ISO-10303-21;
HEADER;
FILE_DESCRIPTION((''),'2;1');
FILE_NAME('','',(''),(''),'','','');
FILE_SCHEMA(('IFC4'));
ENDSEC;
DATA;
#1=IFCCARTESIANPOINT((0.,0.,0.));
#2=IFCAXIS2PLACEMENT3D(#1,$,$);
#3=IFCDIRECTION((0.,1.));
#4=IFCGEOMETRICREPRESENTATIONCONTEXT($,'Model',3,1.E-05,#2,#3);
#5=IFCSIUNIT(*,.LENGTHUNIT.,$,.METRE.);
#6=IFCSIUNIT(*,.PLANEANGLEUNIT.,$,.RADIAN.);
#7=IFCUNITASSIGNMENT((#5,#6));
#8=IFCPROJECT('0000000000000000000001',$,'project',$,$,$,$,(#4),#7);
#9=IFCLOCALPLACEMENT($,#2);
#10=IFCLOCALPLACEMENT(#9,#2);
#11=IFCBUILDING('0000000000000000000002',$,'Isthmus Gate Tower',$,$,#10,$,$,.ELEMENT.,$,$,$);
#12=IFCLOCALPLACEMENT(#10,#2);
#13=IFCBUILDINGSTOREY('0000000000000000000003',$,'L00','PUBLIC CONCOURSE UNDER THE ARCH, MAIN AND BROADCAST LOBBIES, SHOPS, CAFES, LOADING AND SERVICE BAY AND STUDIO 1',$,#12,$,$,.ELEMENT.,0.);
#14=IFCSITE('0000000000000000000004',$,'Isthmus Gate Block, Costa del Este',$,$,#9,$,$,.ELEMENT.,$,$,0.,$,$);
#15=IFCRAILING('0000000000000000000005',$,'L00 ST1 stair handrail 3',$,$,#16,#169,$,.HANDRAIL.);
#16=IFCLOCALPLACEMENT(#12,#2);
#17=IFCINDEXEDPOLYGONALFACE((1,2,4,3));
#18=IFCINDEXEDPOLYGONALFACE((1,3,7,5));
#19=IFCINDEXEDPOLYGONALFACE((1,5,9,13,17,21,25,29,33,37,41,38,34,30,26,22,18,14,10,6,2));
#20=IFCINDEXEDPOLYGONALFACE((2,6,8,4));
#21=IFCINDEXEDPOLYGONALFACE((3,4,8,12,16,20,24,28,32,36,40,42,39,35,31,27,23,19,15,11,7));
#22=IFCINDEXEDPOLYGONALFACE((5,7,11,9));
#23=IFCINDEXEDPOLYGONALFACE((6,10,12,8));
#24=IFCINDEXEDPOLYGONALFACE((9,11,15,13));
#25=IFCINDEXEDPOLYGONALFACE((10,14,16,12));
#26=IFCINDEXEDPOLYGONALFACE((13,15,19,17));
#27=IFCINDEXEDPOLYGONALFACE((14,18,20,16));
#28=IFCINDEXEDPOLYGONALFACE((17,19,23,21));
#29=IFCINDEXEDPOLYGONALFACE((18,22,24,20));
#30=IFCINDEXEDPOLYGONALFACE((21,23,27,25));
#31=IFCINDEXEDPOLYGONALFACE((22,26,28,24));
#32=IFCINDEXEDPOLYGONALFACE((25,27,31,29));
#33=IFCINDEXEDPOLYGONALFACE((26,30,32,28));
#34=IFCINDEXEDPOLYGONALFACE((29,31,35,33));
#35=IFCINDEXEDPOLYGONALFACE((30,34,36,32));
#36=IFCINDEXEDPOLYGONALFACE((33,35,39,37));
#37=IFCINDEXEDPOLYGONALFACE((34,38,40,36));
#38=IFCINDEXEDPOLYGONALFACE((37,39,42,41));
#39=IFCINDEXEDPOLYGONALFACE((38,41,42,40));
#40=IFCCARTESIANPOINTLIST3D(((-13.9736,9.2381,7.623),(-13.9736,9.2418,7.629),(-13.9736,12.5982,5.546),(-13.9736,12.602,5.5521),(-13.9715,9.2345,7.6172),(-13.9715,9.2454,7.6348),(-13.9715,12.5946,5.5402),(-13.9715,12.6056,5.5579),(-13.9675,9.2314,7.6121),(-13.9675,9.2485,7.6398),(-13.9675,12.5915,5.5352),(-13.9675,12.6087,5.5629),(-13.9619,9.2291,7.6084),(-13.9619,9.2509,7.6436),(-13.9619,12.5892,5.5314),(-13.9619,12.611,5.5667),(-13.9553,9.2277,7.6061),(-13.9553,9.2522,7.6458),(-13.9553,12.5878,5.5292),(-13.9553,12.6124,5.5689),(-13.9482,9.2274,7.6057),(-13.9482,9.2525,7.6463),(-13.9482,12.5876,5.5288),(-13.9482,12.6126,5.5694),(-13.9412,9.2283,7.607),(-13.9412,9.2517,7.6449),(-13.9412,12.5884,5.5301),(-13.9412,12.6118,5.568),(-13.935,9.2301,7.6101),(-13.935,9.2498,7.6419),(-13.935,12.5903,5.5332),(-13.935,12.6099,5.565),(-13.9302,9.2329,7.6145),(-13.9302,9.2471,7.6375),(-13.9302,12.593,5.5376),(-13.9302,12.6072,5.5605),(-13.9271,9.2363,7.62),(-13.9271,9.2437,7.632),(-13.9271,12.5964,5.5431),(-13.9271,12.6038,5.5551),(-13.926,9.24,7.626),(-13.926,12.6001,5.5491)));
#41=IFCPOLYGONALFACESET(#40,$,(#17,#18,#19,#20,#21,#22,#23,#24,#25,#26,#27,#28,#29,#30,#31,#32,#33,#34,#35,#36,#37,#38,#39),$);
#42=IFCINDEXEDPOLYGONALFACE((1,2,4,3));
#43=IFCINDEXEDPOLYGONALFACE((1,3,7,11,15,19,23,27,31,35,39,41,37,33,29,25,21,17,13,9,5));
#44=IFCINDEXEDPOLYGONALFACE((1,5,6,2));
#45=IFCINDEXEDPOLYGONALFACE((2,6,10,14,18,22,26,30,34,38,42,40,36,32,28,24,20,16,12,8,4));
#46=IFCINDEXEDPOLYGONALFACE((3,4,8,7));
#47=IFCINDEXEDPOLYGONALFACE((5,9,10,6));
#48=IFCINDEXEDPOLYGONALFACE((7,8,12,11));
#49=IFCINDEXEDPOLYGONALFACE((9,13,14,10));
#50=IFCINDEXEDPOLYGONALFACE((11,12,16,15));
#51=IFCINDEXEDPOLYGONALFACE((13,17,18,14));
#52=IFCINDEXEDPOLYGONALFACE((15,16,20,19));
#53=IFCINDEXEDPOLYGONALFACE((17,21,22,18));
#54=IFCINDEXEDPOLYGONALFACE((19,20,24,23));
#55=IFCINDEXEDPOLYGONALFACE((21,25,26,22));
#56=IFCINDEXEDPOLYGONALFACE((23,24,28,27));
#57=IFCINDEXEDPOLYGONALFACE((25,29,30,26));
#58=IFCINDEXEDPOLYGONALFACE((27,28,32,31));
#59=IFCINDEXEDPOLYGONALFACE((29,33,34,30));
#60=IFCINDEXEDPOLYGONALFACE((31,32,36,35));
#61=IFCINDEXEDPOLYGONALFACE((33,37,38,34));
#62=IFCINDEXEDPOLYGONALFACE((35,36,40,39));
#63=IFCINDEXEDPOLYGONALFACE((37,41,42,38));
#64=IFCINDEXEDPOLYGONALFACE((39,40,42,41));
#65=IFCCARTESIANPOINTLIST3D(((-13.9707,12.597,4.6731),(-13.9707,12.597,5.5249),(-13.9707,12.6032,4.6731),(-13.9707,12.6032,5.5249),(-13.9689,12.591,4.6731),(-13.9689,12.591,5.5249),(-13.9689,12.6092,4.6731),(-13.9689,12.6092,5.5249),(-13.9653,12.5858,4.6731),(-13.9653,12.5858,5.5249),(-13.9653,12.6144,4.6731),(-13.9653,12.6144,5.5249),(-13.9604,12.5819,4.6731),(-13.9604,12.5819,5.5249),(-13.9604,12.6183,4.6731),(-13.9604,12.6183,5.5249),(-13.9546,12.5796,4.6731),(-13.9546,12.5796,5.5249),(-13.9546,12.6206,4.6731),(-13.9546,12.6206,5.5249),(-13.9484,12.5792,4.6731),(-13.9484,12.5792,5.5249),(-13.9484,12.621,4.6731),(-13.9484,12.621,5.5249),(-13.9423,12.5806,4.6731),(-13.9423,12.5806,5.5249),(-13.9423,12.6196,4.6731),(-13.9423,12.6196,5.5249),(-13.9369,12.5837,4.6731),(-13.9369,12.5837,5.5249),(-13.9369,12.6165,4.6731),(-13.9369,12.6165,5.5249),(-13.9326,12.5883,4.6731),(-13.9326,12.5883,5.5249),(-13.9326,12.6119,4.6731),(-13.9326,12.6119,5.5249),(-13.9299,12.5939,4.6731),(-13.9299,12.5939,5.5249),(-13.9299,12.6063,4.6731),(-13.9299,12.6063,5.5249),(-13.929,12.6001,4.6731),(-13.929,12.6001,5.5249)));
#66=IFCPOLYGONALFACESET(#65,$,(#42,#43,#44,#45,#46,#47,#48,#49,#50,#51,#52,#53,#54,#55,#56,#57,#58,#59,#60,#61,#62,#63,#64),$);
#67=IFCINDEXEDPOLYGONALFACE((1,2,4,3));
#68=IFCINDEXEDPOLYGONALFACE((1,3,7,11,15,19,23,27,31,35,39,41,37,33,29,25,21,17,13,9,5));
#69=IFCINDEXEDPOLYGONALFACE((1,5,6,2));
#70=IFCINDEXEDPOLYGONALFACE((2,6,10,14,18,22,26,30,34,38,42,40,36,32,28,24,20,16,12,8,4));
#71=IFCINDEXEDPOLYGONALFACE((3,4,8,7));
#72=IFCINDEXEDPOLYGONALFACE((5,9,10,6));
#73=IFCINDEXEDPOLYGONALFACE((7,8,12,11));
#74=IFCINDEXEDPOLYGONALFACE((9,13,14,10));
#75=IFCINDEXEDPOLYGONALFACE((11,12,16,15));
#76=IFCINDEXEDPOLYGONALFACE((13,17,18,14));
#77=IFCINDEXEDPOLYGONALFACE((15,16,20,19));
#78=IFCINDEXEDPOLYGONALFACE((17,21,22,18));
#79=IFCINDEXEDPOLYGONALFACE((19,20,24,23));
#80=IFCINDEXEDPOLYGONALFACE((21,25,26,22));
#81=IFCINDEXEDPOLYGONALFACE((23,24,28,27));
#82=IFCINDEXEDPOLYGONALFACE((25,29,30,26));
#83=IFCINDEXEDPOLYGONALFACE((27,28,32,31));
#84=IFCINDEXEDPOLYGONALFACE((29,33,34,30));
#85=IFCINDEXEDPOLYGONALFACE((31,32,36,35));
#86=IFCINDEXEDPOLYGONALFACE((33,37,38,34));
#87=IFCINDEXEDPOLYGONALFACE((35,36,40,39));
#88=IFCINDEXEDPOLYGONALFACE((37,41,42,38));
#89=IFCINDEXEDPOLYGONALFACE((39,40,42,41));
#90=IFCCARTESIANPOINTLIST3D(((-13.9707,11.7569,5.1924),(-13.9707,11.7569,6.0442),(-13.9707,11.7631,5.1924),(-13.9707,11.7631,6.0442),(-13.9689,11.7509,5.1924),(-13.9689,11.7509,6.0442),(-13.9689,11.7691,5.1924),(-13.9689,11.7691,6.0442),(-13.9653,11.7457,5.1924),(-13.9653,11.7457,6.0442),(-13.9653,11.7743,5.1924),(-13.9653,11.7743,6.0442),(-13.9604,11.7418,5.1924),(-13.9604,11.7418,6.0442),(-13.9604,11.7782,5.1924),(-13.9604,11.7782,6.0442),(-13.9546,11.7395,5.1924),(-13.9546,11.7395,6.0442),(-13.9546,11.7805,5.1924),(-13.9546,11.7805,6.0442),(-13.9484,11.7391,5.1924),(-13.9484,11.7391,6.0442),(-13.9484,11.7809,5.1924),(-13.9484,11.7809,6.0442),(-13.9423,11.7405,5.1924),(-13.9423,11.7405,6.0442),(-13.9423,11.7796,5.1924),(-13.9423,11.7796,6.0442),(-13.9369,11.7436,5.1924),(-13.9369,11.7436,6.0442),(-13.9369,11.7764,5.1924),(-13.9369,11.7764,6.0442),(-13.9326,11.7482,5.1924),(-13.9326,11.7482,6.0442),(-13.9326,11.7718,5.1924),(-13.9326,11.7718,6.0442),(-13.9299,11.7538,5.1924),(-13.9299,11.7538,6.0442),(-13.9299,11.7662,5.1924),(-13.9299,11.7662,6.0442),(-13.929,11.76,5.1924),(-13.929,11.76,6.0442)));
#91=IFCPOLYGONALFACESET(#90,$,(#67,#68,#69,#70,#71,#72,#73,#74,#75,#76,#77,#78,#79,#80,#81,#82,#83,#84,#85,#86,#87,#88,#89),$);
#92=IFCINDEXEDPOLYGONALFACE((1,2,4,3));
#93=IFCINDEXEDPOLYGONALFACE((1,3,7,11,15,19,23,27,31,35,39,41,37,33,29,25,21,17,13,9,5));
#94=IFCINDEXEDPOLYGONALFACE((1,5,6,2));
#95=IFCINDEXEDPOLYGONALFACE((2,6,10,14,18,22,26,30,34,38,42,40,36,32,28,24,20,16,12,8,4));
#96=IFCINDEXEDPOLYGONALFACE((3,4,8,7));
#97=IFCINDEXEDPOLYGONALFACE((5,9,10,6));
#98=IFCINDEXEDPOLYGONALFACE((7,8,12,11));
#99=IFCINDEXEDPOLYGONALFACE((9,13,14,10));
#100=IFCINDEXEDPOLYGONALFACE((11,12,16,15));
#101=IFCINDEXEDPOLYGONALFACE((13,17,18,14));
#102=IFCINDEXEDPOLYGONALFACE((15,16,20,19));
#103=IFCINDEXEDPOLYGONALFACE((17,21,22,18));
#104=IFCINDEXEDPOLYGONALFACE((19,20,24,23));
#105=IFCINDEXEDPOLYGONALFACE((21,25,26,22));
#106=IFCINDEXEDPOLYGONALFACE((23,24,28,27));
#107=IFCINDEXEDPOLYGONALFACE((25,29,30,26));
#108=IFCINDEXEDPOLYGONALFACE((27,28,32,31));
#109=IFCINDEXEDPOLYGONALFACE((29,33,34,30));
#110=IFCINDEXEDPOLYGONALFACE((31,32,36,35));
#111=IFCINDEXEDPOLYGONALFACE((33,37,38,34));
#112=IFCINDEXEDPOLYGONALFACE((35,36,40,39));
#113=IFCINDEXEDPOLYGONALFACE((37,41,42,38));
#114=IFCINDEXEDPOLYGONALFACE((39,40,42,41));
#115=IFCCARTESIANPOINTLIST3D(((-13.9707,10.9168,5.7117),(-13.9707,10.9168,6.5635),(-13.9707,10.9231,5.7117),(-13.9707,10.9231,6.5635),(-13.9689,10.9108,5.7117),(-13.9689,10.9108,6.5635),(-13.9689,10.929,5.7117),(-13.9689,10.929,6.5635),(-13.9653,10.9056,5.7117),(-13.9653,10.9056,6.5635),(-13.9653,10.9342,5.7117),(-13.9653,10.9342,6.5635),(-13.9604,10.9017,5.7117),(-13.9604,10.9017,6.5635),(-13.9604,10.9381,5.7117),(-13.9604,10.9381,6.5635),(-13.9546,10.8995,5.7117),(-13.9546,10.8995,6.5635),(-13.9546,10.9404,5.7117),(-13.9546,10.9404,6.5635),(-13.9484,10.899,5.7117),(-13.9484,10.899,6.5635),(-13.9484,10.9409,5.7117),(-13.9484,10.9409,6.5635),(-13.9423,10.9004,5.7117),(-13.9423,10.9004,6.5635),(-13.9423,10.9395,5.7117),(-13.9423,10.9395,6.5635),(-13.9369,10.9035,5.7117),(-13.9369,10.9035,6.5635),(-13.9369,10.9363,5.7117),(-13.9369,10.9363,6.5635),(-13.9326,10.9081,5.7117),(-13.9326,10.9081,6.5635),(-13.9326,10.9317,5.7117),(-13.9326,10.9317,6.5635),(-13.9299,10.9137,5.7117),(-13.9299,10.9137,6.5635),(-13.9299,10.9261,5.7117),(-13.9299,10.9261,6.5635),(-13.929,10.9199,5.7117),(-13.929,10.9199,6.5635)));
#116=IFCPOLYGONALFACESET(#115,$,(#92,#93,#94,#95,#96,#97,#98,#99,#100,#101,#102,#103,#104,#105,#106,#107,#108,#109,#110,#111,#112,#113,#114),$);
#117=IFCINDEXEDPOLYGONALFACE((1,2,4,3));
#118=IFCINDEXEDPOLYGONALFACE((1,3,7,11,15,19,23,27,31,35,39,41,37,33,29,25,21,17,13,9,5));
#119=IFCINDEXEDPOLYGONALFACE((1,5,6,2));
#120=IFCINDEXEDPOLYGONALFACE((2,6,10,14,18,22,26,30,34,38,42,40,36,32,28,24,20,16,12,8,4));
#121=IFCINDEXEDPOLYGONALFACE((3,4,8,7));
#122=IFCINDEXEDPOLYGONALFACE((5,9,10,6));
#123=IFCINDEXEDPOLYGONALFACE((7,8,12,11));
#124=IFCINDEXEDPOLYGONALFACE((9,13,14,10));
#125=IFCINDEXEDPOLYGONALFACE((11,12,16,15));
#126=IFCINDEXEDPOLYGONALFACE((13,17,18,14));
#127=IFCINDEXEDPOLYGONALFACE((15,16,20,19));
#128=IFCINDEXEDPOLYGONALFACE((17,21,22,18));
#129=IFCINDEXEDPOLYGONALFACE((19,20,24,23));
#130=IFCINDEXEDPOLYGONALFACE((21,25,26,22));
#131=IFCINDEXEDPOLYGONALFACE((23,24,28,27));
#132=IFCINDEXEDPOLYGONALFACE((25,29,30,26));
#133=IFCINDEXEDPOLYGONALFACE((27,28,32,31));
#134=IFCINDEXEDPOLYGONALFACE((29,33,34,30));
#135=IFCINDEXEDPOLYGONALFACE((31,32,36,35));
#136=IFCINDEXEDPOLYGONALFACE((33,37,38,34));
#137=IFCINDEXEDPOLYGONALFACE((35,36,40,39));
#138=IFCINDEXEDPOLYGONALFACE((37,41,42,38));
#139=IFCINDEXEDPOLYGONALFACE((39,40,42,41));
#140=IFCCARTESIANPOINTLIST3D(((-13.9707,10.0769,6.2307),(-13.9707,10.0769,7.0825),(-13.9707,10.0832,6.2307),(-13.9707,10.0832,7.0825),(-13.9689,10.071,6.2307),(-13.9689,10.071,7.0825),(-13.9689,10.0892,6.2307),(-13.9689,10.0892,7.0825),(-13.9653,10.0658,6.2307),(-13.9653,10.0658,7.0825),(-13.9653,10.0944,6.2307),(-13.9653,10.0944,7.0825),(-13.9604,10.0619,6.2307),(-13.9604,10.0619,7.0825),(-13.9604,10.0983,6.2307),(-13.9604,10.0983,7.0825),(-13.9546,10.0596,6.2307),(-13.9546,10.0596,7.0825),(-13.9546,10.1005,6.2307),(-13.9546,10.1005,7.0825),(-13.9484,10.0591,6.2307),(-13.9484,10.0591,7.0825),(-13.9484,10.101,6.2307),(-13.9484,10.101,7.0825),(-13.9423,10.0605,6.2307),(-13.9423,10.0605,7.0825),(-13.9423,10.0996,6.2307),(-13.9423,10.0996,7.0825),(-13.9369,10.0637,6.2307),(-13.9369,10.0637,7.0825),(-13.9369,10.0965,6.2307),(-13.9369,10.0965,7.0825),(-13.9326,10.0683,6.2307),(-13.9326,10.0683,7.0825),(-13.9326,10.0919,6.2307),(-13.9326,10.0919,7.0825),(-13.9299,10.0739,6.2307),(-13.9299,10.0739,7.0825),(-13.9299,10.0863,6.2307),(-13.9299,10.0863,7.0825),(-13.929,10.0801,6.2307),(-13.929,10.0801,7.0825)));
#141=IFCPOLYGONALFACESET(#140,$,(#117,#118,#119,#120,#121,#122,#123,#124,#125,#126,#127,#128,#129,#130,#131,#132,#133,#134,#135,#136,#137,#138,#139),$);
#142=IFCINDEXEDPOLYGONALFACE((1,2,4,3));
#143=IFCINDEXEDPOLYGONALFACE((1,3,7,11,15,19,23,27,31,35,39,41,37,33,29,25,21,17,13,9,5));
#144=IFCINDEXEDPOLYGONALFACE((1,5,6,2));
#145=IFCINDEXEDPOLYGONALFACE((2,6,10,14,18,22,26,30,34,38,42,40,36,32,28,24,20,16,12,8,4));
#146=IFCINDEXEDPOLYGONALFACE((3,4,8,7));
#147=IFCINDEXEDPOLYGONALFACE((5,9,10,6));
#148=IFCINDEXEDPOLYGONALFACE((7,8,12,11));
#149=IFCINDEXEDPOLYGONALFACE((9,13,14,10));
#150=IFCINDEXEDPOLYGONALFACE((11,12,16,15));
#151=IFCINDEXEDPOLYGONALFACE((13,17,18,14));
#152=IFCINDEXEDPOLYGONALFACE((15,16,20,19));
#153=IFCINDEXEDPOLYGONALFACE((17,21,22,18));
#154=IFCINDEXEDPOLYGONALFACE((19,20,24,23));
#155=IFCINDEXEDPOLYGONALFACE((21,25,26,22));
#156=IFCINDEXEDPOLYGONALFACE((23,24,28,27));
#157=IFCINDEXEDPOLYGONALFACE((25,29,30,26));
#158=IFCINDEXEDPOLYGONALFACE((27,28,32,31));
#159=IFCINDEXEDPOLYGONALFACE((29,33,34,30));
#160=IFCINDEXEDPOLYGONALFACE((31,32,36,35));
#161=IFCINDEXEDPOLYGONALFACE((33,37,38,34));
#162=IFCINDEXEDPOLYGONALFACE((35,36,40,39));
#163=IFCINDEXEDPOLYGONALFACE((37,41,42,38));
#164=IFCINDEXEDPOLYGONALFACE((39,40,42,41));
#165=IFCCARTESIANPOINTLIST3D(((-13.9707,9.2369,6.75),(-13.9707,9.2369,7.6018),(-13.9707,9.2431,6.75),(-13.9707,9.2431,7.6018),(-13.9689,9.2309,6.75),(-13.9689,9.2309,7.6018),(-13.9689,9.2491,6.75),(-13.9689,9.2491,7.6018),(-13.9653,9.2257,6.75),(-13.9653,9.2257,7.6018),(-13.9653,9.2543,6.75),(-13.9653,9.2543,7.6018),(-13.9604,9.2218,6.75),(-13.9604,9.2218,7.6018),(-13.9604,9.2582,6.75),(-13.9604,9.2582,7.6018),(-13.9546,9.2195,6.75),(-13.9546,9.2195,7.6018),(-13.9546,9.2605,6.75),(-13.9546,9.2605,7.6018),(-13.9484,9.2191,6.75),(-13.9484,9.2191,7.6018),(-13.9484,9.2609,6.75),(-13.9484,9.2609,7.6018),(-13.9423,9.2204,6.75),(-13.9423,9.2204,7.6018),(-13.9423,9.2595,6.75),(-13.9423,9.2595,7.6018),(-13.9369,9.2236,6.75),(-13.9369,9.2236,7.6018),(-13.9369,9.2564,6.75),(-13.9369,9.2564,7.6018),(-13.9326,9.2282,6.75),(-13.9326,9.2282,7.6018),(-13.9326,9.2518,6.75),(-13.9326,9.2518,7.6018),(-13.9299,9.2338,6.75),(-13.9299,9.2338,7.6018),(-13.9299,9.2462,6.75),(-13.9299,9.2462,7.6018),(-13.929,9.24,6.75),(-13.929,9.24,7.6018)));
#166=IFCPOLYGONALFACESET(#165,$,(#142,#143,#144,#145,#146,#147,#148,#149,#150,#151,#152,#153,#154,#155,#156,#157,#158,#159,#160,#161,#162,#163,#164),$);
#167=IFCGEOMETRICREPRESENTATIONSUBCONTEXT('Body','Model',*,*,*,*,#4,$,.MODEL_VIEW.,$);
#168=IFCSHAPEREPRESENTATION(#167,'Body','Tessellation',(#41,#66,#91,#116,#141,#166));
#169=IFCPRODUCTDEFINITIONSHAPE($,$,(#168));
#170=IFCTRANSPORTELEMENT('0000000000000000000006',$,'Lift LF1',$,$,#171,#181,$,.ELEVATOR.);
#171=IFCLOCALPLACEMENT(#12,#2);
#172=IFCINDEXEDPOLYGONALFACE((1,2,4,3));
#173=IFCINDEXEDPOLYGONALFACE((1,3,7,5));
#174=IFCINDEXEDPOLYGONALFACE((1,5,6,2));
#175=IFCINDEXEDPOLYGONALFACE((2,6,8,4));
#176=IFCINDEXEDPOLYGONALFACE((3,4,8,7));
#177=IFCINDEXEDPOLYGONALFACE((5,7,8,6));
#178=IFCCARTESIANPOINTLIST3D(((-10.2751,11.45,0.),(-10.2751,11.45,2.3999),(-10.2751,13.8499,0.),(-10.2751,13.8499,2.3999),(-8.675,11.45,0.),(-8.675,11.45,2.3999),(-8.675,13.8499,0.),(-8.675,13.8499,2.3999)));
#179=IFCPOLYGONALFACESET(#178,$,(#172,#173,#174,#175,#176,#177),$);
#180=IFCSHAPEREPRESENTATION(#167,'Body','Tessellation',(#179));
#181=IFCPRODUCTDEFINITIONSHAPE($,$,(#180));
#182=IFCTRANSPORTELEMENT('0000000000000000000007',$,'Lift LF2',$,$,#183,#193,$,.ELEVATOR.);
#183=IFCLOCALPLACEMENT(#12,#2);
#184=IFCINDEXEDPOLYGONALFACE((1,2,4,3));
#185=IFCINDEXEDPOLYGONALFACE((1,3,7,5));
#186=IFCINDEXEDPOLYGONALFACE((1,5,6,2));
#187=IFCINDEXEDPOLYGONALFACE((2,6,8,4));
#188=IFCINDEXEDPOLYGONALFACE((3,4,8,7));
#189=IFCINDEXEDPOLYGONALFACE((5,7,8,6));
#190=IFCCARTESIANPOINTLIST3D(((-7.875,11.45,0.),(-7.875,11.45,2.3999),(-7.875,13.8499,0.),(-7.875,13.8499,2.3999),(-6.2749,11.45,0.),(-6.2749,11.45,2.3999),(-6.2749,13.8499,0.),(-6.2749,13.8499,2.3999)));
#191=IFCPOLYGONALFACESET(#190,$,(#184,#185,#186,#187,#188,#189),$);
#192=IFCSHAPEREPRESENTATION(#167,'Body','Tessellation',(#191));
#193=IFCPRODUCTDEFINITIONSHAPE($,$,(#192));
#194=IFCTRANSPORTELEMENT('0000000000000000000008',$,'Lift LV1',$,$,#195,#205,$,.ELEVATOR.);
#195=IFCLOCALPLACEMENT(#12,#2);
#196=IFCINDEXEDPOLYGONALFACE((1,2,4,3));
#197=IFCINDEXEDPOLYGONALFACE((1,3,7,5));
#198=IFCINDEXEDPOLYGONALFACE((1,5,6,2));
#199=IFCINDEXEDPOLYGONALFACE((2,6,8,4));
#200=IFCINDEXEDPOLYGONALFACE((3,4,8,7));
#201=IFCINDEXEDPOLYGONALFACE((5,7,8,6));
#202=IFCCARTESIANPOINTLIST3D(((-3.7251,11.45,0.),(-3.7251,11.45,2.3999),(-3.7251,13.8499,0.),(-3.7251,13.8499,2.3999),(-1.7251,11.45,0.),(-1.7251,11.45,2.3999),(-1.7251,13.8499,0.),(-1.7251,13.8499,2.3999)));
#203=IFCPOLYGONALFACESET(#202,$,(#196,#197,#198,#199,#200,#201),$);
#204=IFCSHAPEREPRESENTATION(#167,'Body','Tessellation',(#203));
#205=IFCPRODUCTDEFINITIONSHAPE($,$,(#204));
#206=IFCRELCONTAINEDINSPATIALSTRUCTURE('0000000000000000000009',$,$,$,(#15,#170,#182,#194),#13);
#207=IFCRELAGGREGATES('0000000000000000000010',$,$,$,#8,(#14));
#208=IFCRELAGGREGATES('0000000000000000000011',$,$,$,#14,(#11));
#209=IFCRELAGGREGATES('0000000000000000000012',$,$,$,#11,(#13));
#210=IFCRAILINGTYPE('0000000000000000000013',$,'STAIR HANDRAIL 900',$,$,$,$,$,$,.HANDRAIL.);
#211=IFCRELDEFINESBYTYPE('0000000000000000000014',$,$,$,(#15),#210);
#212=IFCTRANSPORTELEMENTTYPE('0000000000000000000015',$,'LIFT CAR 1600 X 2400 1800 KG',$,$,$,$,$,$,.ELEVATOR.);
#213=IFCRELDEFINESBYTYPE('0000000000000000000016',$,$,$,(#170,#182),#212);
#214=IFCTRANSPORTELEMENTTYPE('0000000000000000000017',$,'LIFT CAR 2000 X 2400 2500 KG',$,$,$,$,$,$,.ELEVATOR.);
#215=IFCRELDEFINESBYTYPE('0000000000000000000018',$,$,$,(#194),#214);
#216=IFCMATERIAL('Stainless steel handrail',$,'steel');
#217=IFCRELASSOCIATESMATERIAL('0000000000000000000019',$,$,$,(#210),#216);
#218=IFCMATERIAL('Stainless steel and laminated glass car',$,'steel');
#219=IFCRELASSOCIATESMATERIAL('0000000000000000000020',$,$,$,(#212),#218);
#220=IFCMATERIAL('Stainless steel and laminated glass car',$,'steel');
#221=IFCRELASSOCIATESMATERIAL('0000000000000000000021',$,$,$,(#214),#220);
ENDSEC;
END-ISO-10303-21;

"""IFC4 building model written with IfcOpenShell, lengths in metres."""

from ifc_helpers import new_model, si_unit, direction, frame, origin, origin_2d, place, context, subcontext, project, spatial, rectangle, circle, extrude, material, type_object, element, save


model = new_model("IFC4")

# Units and contexts
model_context = context("Model", 3, precision=1e-05, world=origin(), true_north=direction((0.0, 1.0)))
body_context = subcontext(model_context, "Body", "Model", "MODEL_VIEW")
ifc_project = project(units=[si_unit("LENGTHUNIT", "METRE"), si_unit("PLANEANGLEUNIT", "RADIAN")], contexts=[model_context])

# Site, building, storey
site_placement = place(None, origin())
site = spatial("IfcSite", under=ifc_project, at=site_placement, Name="Isthmus Gate Block, Costa del Este", CompositionType="ELEMENT", RefElevation=0.0)
building_placement = place(site_placement, origin())
building = spatial("IfcBuilding", under=site, at=building_placement, Name="Isthmus Gate Tower", CompositionType="ELEMENT")
storey_placement = place(building_placement, origin())
storey = spatial("IfcBuildingStorey", under=building, at=storey_placement, Name="L00", Description="PUBLIC CONCOURSE UNDER THE ARCH, MAIN AND BROADCAST LOBBIES, SHOPS, CAFES, LOADING AND SERVICE BAY AND STUDIO 1", CompositionType="ELEMENT", Elevation=0.0)

# Railing
ifc_material_1 = material(Name="Stainless steel handrail", Category="steel")
railing_type_1 = type_object("IfcRailingType", Name="STAIR HANDRAIL 900", PredefinedType="HANDRAIL", material=ifc_material_1)
for number, where, name in (
    (1, (-13.95, 12.6001, 4.6731), "L00 ST1 stair handrail 3"),
):
    element("IfcRailing", number, at=place(storey_placement, frame(where)), inside=storey, type_object=railing_type_1, Name=name, PredefinedType="HANDRAIL", context=body_context, shape_type="SweptSolid", body=[
        extrude(circle(Radius=0.0239, at=origin_2d()), frame((0.0, 0.0, 0.876), z_axis=(0.0, -0.850623, 0.525776), x_axis=(1.0, 0.0, 0.0)), (0.0, 0.0, 1.0), 3.9502),
        extrude(circle(Radius=0.021, at=origin_2d()), origin(), (0.0, 0.0, 1.0), 0.8518),
        extrude(circle(Radius=0.021, at=origin_2d()), frame((0.0, -0.8401, 0.5193)), (0.0, 0.0, 1.0), 0.8518),
        extrude(circle(Radius=0.021, at=origin_2d()), frame((0.0, -1.6802, 1.0386)), (0.0, 0.0, 1.0), 0.8518),
        extrude(circle(Radius=0.021, at=origin_2d()), frame((0.0, -2.52, 1.5576)), (0.0, 0.0, 1.0), 0.8518),
        extrude(circle(Radius=0.021, at=origin_2d()), frame((0.0, -3.3601, 2.0769)), (0.0, 0.0, 1.0), 0.8518),
    ])

# Transport elements
ifc_material_2 = material(Name="Stainless steel and laminated glass car", Category="steel")
transport_element_type_1 = type_object("IfcTransportElementType", Name="LIFT CAR 1600 X 2400 1800 KG", PredefinedType="ELEVATOR", material=ifc_material_2)
for number, where, z_axis, x_axis, name in (
    (2, (-9.4751, 12.6499, 0.0), (0.0, 0.0, 1.0), (1.0, 0.0, 0.0), "Lift LF1"),
    (3, (-7.075, 12.6499, 0.0), (0.0, 0.0, 1.0), (1.0, 0.0, 0.0), "Lift LF2"),
):
    element("IfcTransportElement", number, at=place(storey_placement, frame(where, z_axis=z_axis, x_axis=x_axis)), inside=storey, type_object=transport_element_type_1, Name=name, PredefinedType="ELEVATOR", context=body_context, shape_type="SweptSolid", body=[
        extrude(rectangle(XDim=1.6001, YDim=2.3999, at=origin_2d()), origin(), (0.0, 0.0, 1.0), 2.3999),
    ])
ifc_material_3 = material(Name="Stainless steel and laminated glass car", Category="steel")
transport_element_type_2 = type_object("IfcTransportElementType", Name="LIFT CAR 2000 X 2400 2500 KG", PredefinedType="ELEVATOR", material=ifc_material_3)
transport_element_placement = place(storey_placement, frame((-2.7251, 12.6499, 0.0), z_axis=(0.0, 0.0, 1.0), x_axis=(1.0, 0.0, 0.0)))
element("IfcTransportElement", 4, at=transport_element_placement, inside=storey, type_object=transport_element_type_2, Name="Lift LV1", PredefinedType="ELEVATOR", context=body_context, shape_type="SweptSolid", body=[
    extrude(rectangle(XDim=2.0, YDim=2.3999, at=origin_2d()), origin(), (0.0, 0.0, 1.0), 2.3999),
])

save(model, "model.ifc")
